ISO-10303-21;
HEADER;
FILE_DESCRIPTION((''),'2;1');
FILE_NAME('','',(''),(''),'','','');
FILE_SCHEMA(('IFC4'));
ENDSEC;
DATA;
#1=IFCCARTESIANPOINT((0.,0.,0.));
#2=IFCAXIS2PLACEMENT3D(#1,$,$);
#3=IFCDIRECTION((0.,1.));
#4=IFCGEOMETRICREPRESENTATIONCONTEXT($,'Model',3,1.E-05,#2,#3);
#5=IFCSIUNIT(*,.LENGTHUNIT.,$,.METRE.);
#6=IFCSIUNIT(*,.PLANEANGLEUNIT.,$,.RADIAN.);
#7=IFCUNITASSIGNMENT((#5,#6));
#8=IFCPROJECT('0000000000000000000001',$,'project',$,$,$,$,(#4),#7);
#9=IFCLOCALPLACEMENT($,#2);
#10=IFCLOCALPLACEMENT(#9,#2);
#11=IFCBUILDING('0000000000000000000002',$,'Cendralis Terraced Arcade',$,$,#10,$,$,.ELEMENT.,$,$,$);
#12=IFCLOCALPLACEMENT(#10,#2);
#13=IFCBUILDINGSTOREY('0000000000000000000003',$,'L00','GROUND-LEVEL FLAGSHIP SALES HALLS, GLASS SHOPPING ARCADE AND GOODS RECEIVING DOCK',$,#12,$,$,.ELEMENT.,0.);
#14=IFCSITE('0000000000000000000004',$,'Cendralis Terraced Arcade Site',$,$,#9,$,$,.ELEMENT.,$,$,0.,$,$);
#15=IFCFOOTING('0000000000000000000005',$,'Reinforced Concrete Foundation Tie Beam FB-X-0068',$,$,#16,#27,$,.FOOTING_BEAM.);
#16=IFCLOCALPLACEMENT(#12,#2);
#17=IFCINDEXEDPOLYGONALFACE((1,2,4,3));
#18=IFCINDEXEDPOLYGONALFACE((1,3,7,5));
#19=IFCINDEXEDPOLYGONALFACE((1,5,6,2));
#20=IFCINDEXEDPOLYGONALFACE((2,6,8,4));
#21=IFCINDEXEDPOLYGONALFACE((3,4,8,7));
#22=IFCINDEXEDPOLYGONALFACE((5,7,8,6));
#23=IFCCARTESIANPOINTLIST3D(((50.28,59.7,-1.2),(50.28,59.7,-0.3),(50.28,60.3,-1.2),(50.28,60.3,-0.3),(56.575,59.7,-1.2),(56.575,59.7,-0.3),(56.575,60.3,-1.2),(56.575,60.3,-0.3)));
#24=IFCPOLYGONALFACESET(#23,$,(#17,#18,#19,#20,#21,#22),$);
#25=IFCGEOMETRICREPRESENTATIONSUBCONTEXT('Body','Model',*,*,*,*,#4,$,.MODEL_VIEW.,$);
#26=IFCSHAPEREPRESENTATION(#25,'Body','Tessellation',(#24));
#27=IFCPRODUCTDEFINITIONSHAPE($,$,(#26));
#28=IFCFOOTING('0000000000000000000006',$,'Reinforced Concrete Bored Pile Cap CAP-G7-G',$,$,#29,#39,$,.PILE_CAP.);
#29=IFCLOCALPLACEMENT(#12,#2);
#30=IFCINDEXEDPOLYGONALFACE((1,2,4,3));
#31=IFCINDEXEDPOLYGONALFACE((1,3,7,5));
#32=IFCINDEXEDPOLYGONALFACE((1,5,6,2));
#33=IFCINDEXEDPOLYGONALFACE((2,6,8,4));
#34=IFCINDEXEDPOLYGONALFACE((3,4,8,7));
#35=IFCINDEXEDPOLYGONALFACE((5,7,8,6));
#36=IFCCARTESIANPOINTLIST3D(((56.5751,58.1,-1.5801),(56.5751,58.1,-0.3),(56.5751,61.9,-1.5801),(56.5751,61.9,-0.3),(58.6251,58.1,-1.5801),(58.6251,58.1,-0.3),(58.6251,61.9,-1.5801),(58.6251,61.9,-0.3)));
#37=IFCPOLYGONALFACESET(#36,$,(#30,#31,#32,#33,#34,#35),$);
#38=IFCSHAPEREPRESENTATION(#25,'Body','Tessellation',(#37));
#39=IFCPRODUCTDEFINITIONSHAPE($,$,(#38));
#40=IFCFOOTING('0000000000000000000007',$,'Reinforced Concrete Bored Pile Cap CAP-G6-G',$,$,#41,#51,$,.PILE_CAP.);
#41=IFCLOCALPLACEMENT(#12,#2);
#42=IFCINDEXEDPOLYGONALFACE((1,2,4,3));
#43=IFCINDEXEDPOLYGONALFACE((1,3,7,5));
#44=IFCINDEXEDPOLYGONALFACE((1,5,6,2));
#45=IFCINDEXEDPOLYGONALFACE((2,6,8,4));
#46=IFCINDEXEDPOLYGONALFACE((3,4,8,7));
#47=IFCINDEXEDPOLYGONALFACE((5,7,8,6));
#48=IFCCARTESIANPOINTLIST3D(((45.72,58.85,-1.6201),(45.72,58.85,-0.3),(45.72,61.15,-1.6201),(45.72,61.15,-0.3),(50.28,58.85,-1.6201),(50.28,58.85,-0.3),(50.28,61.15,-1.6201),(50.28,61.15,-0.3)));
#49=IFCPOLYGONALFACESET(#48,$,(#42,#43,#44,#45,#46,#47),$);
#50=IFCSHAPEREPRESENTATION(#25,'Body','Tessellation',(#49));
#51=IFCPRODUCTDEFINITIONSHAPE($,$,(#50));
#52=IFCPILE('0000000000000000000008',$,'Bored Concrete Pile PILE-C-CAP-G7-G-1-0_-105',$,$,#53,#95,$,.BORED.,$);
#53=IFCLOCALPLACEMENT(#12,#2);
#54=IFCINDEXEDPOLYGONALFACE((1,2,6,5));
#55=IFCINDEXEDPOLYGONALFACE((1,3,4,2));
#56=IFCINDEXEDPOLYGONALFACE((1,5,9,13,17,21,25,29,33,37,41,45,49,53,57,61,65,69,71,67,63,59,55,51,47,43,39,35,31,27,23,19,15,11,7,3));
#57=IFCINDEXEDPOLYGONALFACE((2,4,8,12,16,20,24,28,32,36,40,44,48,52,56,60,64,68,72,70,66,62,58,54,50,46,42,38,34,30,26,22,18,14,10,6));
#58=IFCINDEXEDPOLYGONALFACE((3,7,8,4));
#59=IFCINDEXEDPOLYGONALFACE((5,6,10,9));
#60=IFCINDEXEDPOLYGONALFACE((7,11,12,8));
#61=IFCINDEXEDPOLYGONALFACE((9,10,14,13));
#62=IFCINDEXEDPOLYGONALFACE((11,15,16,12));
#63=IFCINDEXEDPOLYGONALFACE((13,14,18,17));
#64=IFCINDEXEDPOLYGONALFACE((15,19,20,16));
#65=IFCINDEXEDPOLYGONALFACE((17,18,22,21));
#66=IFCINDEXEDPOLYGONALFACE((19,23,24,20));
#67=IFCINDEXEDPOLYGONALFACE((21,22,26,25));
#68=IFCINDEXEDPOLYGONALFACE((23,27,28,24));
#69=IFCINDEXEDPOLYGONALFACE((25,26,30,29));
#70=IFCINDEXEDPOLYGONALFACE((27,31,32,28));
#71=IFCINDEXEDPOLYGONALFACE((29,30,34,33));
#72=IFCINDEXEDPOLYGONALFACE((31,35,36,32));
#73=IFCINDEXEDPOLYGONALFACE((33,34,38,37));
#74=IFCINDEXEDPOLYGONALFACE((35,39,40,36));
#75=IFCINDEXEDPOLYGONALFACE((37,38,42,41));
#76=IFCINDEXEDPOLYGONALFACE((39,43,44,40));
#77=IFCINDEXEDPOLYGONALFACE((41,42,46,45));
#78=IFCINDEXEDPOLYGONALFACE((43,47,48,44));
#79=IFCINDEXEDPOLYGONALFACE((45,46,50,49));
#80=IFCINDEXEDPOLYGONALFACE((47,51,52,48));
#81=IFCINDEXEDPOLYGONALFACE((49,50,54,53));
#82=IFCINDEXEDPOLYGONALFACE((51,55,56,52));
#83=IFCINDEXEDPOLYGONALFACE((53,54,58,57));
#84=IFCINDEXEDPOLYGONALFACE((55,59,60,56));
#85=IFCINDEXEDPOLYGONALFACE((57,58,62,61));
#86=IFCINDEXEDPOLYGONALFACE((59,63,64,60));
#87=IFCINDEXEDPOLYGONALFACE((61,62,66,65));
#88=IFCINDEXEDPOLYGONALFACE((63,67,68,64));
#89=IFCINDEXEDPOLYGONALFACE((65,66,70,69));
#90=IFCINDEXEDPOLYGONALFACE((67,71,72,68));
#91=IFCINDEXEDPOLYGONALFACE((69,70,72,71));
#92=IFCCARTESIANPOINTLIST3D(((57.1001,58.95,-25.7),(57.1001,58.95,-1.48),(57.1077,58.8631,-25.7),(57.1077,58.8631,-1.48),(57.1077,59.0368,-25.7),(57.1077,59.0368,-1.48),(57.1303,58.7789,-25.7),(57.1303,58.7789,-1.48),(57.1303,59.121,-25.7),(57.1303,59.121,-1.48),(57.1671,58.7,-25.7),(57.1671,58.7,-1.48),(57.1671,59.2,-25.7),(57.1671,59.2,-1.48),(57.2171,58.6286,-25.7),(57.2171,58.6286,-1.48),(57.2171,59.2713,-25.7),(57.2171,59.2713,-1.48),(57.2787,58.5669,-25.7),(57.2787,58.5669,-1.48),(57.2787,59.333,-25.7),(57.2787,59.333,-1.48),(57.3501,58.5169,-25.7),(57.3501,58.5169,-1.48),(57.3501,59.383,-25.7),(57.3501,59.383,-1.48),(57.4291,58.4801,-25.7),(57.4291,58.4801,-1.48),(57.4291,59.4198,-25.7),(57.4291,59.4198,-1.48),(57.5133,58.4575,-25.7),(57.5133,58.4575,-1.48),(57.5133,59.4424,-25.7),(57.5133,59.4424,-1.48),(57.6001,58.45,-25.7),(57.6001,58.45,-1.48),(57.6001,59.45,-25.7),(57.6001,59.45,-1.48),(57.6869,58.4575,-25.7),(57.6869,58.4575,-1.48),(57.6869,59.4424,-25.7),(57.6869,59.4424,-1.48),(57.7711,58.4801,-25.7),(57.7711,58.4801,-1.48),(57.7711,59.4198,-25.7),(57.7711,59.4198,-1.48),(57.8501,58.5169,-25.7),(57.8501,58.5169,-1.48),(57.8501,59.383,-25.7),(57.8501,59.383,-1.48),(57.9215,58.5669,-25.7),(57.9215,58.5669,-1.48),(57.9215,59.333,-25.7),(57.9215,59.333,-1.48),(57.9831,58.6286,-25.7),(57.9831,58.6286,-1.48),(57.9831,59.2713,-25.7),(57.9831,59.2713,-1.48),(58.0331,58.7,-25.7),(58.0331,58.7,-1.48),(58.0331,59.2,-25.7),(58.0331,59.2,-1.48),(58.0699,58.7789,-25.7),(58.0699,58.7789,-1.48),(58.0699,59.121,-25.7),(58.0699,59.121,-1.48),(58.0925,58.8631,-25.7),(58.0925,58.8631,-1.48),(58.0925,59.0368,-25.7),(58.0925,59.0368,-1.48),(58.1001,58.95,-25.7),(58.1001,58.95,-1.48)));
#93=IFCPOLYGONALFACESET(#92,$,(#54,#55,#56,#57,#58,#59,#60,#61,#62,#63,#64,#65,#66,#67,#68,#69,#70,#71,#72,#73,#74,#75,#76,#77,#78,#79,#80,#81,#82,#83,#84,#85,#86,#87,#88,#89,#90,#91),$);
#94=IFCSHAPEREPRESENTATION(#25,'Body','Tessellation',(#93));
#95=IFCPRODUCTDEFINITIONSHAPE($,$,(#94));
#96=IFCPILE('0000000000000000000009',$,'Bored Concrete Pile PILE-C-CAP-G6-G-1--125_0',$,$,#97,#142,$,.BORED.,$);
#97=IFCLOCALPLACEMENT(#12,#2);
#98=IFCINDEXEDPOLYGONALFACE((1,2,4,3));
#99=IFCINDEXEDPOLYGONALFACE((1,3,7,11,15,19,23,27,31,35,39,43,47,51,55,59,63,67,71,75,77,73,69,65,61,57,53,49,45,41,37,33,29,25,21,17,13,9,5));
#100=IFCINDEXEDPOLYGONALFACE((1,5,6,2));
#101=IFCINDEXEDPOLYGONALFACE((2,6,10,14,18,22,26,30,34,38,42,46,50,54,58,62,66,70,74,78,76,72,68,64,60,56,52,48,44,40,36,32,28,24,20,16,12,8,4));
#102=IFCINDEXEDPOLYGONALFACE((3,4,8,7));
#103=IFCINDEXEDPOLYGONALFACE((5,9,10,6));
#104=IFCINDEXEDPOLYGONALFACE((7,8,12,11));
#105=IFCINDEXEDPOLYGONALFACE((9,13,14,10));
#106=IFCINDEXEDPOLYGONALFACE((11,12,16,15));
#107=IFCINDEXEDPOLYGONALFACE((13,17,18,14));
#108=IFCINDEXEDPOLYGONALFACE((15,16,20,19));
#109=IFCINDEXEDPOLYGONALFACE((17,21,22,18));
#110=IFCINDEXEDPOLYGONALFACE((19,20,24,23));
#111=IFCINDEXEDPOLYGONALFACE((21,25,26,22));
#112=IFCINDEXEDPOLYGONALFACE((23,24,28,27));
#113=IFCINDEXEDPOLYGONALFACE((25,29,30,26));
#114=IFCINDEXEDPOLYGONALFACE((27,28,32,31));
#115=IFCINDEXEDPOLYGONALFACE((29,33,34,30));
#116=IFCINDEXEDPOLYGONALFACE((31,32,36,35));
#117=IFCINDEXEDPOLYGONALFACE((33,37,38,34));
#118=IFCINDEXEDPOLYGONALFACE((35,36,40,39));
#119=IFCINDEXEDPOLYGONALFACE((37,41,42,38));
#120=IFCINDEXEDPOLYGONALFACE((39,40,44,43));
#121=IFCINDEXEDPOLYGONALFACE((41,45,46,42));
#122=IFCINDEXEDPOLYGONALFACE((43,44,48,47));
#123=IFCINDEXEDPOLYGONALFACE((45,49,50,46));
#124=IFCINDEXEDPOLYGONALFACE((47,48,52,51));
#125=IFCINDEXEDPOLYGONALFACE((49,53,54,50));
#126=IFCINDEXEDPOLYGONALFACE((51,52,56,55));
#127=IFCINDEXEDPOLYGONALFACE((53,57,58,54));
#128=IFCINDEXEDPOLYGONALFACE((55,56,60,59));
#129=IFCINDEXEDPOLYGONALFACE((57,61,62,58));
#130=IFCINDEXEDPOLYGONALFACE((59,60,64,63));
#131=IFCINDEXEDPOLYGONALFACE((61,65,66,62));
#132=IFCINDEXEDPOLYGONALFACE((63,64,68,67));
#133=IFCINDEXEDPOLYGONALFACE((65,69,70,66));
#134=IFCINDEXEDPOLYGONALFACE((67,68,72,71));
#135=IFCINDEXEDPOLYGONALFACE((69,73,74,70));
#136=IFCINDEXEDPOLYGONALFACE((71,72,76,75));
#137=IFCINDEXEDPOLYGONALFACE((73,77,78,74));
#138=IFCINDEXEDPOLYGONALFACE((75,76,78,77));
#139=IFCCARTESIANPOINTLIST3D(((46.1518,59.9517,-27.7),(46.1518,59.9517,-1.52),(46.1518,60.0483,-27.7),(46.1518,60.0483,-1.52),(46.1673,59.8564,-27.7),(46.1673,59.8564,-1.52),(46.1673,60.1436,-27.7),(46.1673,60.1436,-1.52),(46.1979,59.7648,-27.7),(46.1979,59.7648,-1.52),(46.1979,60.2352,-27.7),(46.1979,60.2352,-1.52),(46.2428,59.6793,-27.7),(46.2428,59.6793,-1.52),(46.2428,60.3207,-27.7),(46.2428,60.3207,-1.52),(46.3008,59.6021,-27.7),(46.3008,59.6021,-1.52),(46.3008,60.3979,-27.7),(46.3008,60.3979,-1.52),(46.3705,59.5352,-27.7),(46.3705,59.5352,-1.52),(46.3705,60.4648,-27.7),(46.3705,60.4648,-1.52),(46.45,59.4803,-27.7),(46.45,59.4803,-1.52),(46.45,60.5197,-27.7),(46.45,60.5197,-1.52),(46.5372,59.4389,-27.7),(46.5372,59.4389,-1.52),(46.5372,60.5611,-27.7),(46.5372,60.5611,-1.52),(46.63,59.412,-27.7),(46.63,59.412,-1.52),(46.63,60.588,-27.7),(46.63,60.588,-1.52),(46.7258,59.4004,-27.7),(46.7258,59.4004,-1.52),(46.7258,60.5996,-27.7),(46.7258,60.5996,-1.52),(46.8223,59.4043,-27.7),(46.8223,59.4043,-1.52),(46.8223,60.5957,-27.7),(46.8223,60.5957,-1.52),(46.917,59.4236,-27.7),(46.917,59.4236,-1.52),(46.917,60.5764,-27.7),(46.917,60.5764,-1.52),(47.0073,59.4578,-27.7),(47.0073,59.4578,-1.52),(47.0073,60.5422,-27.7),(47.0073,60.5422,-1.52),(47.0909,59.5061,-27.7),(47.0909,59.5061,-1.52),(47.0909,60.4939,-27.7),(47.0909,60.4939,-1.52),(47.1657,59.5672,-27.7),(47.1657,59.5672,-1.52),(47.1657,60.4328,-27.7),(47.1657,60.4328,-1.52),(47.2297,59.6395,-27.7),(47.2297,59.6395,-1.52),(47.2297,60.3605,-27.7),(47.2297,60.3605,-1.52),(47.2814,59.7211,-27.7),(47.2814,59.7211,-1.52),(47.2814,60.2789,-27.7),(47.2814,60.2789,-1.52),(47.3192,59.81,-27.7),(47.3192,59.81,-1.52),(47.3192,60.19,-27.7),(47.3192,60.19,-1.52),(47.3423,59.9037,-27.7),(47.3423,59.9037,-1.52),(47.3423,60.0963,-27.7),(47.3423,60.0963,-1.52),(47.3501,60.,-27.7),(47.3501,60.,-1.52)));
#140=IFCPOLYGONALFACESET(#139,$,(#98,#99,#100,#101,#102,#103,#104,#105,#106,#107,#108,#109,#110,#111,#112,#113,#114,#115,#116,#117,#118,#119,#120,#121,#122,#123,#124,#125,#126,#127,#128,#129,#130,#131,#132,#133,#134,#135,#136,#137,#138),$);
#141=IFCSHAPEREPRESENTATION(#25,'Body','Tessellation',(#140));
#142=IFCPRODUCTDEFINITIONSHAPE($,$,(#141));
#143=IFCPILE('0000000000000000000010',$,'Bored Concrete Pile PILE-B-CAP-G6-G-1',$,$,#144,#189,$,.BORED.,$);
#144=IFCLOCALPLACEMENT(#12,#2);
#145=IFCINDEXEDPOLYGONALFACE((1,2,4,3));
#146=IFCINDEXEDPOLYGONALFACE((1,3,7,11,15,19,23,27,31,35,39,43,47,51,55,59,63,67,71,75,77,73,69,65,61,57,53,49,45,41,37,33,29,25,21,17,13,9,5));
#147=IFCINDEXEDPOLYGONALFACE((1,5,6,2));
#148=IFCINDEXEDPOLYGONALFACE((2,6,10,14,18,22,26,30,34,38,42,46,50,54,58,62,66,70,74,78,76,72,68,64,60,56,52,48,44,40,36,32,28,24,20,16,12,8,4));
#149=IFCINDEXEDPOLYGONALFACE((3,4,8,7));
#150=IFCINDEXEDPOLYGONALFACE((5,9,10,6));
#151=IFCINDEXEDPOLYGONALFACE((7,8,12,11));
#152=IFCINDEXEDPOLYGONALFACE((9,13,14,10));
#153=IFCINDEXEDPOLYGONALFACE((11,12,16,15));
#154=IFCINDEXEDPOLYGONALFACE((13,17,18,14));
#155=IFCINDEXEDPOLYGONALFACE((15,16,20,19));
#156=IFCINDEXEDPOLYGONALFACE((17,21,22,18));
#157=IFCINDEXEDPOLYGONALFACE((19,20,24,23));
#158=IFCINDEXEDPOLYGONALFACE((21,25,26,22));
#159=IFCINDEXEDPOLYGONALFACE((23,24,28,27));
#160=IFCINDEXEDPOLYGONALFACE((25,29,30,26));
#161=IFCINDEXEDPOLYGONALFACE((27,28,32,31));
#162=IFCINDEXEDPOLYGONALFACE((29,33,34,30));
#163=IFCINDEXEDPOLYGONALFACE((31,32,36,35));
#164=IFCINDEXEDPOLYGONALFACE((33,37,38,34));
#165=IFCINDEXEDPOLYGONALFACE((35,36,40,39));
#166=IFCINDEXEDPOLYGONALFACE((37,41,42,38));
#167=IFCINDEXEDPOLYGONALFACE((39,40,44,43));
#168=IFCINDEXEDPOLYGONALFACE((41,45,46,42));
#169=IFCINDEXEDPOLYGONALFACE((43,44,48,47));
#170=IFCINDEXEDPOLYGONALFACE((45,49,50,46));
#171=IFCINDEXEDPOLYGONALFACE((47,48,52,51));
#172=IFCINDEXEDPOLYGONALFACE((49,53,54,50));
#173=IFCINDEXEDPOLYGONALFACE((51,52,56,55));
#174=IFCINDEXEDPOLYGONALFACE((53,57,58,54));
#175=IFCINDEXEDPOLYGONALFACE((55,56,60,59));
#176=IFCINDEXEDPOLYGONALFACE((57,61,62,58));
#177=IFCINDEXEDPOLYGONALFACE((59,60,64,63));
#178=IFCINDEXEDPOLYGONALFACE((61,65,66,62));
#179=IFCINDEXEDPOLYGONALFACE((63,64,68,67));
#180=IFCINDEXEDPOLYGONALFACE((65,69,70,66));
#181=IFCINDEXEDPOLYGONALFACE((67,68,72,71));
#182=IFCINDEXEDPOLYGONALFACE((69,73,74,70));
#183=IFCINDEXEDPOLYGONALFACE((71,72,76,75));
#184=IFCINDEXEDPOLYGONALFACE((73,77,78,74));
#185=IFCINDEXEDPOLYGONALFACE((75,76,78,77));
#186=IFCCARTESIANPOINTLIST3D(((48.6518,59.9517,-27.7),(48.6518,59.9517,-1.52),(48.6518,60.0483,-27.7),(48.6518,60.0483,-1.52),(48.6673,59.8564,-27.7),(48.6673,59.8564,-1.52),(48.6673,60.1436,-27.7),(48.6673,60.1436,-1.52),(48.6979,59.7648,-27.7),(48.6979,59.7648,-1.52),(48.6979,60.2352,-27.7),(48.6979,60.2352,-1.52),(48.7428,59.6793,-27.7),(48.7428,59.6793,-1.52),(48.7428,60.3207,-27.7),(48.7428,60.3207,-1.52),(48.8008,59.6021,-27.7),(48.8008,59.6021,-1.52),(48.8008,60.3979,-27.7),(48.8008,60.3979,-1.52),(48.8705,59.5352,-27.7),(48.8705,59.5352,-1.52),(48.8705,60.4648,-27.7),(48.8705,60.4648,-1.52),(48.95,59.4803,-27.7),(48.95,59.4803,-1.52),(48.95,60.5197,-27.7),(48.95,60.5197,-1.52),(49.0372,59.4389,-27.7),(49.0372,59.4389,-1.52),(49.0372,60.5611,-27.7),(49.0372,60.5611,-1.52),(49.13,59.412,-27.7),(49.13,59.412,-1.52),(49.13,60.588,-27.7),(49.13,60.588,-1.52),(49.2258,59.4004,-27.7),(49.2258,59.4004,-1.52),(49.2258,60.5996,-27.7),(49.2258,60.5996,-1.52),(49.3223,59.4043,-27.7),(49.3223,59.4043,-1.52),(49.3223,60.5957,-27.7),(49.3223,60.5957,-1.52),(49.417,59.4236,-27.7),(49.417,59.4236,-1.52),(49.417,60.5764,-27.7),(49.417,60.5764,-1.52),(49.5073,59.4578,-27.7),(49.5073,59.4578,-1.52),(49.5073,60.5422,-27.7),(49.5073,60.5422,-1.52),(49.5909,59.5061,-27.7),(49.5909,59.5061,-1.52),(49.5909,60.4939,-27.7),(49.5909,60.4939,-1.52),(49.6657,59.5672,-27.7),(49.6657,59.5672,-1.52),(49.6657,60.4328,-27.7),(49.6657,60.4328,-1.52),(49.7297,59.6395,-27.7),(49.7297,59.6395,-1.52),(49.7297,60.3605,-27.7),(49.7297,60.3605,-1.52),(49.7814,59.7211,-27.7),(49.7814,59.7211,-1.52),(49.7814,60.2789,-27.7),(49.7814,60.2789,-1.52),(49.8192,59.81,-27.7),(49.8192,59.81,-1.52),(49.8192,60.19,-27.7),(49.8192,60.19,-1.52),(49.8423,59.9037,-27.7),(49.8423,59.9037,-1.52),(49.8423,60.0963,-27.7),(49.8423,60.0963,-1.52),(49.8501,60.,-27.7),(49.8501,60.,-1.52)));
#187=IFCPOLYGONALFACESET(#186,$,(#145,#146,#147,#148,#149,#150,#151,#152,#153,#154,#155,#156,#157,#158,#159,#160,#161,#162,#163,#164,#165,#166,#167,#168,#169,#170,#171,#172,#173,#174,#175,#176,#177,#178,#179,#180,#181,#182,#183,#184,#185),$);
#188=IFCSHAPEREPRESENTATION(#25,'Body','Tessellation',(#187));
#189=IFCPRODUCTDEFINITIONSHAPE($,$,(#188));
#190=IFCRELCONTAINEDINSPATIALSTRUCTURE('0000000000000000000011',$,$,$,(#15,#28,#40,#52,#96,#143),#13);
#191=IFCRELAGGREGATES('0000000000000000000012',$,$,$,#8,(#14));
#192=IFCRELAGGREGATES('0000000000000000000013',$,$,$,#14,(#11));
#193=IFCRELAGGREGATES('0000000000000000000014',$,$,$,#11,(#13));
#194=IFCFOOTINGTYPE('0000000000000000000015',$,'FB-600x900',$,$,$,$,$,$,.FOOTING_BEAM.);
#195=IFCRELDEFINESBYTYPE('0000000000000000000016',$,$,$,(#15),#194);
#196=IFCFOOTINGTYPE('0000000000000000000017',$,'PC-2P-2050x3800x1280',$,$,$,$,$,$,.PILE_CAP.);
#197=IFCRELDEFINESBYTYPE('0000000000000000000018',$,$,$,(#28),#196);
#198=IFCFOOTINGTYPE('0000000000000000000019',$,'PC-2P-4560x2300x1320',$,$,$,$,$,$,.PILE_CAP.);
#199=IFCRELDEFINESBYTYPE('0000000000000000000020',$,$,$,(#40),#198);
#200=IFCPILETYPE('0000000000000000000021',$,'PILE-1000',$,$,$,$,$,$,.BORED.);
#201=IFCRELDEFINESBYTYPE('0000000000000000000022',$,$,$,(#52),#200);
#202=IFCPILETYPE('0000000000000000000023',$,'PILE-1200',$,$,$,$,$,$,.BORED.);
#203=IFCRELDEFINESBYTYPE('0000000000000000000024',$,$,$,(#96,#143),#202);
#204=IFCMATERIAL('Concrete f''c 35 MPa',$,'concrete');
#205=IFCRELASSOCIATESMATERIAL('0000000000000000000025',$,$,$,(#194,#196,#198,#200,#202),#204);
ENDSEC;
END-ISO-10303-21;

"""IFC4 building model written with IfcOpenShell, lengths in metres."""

from ifc_helpers import new_model, si_unit, direction, frame, origin, origin_2d, place, context, subcontext, project, spatial, rectangle, circle, extrude, material, material_profile, profile_set, type_object, element, save


model = new_model("IFC4")

# Units and contexts
model_context = context("Model", 3, precision=1e-05, world=origin(), true_north=direction((0.0, 1.0)))
body_context = subcontext(model_context, "Body", "Model", "MODEL_VIEW")
ifc_project = project(units=[si_unit("LENGTHUNIT", "METRE"), si_unit("PLANEANGLEUNIT", "RADIAN")], contexts=[model_context])

# Site, building, storey
site_placement = place(None, origin())
site = spatial("IfcSite", under=ifc_project, at=site_placement, Name="Cendralis Terraced Arcade Site", CompositionType="ELEMENT", RefElevation=0.0)
building_placement = place(site_placement, origin())
building = spatial("IfcBuilding", under=site, at=building_placement, Name="Cendralis Terraced Arcade", CompositionType="ELEMENT")
storey_placement = place(building_placement, origin())
storey = spatial("IfcBuildingStorey", under=building, at=storey_placement, Name="L00", Description="GROUND-LEVEL FLAGSHIP SALES HALLS, GLASS SHOPPING ARCADE AND GOODS RECEIVING DOCK", CompositionType="ELEMENT", Elevation=0.0)

# Footings
ifc_material_1 = material(Name="Concrete f'c 35 MPa", Category="concrete")
ifc_material_profile_1 = material_profile(ifc_material_1, rectangle(XDim=0.6001, YDim=0.8999, at=origin_2d()), Name="FB-600x900", Category="LoadBearing")
ifc_profile_set_1 = profile_set([ifc_material_profile_1], Name="Concrete f'c 35 MPa")
footing_type_1 = type_object("IfcFootingType", Name="FB-600x900", PredefinedType="FOOTING_BEAM", material=ifc_profile_set_1)
footing_1_placement = place(storey_placement, frame((50.28, 60.0, -0.75), z_axis=(1.0, 0.0, 0.0), x_axis=(0.0, 1.0, 0.0)))
element("IfcFooting", 1, at=footing_1_placement, inside=storey, type_object=footing_type_1, Name="Reinforced Concrete Foundation Tie Beam FB-X-0068", PredefinedType="FOOTING_BEAM", context=body_context, shape_type="SweptSolid", body=[
    extrude(rectangle(XDim=0.6001, YDim=0.8999, at=origin_2d()), origin(), (0.0, 0.0, 1.0), 6.2949),
])
footing_type_2 = type_object("IfcFootingType", Name="PC-2P-2050x3800x1280", PredefinedType="PILE_CAP", material=ifc_material_1)
footing_2_placement = place(storey_placement, frame((57.6001, 60.0, -1.5801), z_axis=(0.0, 0.0, 1.0), x_axis=(1.0, 0.0, 0.0)))
element("IfcFooting", 2, at=footing_2_placement, inside=storey, type_object=footing_type_2, Name="Reinforced Concrete Bored Pile Cap CAP-G7-G", PredefinedType="PILE_CAP", context=body_context, shape_type="SweptSolid", body=[
    extrude(rectangle(XDim=2.05, YDim=3.8, at=origin_2d()), origin(), (0.0, 0.0, 1.0), 1.28),
])
footing_type_3 = type_object("IfcFootingType", Name="PC-2P-4560x2300x1320", PredefinedType="PILE_CAP", material=ifc_material_1)
footing_3_placement = place(storey_placement, frame((48.0, 60.0, -1.6201), z_axis=(0.0, 0.0, 1.0), x_axis=(1.0, 0.0, 0.0)))
element("IfcFooting", 3, at=footing_3_placement, inside=storey, type_object=footing_type_3, Name="Reinforced Concrete Bored Pile Cap CAP-G6-G", PredefinedType="PILE_CAP", context=body_context, shape_type="SweptSolid", body=[
    extrude(rectangle(XDim=4.5601, YDim=2.3, at=origin_2d()), origin(), (0.0, 0.0, 1.0), 1.3201),
])

# Piles
ifc_material_profile_2 = material_profile(ifc_material_1, circle(Radius=0.5, at=origin_2d()), Name="PILE-D1000", Category="LoadBearing")
ifc_profile_set_2 = profile_set([ifc_material_profile_2], Name="Concrete f'c 35 MPa")
pile_type_1 = type_object("IfcPileType", Name="PILE-1000", PredefinedType="BORED", material=ifc_profile_set_2)
pile_placement = place(storey_placement, frame((57.6001, 58.95, -1.48), z_axis=(0.0, 0.0, -1.0), x_axis=(1.0, 0.0, 0.0)))
element("IfcPile", 4, at=pile_placement, inside=storey, type_object=pile_type_1, Name="Bored Concrete Pile PILE-C-CAP-G7-G-1-0_-105", PredefinedType="BORED", context=body_context, shape_type="SweptSolid", body=[
    extrude(circle(Radius=0.5, at=origin_2d()), origin(), (0.0, 0.0, 1.0), 24.22),
])
ifc_material_profile_3 = material_profile(ifc_material_1, circle(Radius=0.6001, at=origin_2d()), Name="PILE-D1200", Category="LoadBearing")
ifc_profile_set_3 = profile_set([ifc_material_profile_3], Name="Concrete f'c 35 MPa")
pile_type_2 = type_object("IfcPileType", Name="PILE-1200", PredefinedType="BORED", material=ifc_profile_set_3)
for number, where, z_axis, x_axis, name in (
    (5, (46.75, 60.0, -1.52), (0.0, 0.0, -1.0), (1.0, 0.0, 0.0), "Bored Concrete Pile PILE-C-CAP-G6-G-1--125_0"),
    (6, (49.25, 60.0, -1.52), (0.0, 0.0, -1.0), (1.0, 0.0, 0.0), "Bored Concrete Pile PILE-B-CAP-G6-G-1"),
):
    element("IfcPile", number, at=place(storey_placement, frame(where, z_axis=z_axis, x_axis=x_axis)), inside=storey, type_object=pile_type_2, Name=name, PredefinedType="BORED", context=body_context, shape_type="SweptSolid", body=[
        extrude(circle(Radius=0.6001, at=origin_2d()), origin(), (0.0, 0.0, 1.0), 26.1799),
    ])

save(model, "model.ifc")
